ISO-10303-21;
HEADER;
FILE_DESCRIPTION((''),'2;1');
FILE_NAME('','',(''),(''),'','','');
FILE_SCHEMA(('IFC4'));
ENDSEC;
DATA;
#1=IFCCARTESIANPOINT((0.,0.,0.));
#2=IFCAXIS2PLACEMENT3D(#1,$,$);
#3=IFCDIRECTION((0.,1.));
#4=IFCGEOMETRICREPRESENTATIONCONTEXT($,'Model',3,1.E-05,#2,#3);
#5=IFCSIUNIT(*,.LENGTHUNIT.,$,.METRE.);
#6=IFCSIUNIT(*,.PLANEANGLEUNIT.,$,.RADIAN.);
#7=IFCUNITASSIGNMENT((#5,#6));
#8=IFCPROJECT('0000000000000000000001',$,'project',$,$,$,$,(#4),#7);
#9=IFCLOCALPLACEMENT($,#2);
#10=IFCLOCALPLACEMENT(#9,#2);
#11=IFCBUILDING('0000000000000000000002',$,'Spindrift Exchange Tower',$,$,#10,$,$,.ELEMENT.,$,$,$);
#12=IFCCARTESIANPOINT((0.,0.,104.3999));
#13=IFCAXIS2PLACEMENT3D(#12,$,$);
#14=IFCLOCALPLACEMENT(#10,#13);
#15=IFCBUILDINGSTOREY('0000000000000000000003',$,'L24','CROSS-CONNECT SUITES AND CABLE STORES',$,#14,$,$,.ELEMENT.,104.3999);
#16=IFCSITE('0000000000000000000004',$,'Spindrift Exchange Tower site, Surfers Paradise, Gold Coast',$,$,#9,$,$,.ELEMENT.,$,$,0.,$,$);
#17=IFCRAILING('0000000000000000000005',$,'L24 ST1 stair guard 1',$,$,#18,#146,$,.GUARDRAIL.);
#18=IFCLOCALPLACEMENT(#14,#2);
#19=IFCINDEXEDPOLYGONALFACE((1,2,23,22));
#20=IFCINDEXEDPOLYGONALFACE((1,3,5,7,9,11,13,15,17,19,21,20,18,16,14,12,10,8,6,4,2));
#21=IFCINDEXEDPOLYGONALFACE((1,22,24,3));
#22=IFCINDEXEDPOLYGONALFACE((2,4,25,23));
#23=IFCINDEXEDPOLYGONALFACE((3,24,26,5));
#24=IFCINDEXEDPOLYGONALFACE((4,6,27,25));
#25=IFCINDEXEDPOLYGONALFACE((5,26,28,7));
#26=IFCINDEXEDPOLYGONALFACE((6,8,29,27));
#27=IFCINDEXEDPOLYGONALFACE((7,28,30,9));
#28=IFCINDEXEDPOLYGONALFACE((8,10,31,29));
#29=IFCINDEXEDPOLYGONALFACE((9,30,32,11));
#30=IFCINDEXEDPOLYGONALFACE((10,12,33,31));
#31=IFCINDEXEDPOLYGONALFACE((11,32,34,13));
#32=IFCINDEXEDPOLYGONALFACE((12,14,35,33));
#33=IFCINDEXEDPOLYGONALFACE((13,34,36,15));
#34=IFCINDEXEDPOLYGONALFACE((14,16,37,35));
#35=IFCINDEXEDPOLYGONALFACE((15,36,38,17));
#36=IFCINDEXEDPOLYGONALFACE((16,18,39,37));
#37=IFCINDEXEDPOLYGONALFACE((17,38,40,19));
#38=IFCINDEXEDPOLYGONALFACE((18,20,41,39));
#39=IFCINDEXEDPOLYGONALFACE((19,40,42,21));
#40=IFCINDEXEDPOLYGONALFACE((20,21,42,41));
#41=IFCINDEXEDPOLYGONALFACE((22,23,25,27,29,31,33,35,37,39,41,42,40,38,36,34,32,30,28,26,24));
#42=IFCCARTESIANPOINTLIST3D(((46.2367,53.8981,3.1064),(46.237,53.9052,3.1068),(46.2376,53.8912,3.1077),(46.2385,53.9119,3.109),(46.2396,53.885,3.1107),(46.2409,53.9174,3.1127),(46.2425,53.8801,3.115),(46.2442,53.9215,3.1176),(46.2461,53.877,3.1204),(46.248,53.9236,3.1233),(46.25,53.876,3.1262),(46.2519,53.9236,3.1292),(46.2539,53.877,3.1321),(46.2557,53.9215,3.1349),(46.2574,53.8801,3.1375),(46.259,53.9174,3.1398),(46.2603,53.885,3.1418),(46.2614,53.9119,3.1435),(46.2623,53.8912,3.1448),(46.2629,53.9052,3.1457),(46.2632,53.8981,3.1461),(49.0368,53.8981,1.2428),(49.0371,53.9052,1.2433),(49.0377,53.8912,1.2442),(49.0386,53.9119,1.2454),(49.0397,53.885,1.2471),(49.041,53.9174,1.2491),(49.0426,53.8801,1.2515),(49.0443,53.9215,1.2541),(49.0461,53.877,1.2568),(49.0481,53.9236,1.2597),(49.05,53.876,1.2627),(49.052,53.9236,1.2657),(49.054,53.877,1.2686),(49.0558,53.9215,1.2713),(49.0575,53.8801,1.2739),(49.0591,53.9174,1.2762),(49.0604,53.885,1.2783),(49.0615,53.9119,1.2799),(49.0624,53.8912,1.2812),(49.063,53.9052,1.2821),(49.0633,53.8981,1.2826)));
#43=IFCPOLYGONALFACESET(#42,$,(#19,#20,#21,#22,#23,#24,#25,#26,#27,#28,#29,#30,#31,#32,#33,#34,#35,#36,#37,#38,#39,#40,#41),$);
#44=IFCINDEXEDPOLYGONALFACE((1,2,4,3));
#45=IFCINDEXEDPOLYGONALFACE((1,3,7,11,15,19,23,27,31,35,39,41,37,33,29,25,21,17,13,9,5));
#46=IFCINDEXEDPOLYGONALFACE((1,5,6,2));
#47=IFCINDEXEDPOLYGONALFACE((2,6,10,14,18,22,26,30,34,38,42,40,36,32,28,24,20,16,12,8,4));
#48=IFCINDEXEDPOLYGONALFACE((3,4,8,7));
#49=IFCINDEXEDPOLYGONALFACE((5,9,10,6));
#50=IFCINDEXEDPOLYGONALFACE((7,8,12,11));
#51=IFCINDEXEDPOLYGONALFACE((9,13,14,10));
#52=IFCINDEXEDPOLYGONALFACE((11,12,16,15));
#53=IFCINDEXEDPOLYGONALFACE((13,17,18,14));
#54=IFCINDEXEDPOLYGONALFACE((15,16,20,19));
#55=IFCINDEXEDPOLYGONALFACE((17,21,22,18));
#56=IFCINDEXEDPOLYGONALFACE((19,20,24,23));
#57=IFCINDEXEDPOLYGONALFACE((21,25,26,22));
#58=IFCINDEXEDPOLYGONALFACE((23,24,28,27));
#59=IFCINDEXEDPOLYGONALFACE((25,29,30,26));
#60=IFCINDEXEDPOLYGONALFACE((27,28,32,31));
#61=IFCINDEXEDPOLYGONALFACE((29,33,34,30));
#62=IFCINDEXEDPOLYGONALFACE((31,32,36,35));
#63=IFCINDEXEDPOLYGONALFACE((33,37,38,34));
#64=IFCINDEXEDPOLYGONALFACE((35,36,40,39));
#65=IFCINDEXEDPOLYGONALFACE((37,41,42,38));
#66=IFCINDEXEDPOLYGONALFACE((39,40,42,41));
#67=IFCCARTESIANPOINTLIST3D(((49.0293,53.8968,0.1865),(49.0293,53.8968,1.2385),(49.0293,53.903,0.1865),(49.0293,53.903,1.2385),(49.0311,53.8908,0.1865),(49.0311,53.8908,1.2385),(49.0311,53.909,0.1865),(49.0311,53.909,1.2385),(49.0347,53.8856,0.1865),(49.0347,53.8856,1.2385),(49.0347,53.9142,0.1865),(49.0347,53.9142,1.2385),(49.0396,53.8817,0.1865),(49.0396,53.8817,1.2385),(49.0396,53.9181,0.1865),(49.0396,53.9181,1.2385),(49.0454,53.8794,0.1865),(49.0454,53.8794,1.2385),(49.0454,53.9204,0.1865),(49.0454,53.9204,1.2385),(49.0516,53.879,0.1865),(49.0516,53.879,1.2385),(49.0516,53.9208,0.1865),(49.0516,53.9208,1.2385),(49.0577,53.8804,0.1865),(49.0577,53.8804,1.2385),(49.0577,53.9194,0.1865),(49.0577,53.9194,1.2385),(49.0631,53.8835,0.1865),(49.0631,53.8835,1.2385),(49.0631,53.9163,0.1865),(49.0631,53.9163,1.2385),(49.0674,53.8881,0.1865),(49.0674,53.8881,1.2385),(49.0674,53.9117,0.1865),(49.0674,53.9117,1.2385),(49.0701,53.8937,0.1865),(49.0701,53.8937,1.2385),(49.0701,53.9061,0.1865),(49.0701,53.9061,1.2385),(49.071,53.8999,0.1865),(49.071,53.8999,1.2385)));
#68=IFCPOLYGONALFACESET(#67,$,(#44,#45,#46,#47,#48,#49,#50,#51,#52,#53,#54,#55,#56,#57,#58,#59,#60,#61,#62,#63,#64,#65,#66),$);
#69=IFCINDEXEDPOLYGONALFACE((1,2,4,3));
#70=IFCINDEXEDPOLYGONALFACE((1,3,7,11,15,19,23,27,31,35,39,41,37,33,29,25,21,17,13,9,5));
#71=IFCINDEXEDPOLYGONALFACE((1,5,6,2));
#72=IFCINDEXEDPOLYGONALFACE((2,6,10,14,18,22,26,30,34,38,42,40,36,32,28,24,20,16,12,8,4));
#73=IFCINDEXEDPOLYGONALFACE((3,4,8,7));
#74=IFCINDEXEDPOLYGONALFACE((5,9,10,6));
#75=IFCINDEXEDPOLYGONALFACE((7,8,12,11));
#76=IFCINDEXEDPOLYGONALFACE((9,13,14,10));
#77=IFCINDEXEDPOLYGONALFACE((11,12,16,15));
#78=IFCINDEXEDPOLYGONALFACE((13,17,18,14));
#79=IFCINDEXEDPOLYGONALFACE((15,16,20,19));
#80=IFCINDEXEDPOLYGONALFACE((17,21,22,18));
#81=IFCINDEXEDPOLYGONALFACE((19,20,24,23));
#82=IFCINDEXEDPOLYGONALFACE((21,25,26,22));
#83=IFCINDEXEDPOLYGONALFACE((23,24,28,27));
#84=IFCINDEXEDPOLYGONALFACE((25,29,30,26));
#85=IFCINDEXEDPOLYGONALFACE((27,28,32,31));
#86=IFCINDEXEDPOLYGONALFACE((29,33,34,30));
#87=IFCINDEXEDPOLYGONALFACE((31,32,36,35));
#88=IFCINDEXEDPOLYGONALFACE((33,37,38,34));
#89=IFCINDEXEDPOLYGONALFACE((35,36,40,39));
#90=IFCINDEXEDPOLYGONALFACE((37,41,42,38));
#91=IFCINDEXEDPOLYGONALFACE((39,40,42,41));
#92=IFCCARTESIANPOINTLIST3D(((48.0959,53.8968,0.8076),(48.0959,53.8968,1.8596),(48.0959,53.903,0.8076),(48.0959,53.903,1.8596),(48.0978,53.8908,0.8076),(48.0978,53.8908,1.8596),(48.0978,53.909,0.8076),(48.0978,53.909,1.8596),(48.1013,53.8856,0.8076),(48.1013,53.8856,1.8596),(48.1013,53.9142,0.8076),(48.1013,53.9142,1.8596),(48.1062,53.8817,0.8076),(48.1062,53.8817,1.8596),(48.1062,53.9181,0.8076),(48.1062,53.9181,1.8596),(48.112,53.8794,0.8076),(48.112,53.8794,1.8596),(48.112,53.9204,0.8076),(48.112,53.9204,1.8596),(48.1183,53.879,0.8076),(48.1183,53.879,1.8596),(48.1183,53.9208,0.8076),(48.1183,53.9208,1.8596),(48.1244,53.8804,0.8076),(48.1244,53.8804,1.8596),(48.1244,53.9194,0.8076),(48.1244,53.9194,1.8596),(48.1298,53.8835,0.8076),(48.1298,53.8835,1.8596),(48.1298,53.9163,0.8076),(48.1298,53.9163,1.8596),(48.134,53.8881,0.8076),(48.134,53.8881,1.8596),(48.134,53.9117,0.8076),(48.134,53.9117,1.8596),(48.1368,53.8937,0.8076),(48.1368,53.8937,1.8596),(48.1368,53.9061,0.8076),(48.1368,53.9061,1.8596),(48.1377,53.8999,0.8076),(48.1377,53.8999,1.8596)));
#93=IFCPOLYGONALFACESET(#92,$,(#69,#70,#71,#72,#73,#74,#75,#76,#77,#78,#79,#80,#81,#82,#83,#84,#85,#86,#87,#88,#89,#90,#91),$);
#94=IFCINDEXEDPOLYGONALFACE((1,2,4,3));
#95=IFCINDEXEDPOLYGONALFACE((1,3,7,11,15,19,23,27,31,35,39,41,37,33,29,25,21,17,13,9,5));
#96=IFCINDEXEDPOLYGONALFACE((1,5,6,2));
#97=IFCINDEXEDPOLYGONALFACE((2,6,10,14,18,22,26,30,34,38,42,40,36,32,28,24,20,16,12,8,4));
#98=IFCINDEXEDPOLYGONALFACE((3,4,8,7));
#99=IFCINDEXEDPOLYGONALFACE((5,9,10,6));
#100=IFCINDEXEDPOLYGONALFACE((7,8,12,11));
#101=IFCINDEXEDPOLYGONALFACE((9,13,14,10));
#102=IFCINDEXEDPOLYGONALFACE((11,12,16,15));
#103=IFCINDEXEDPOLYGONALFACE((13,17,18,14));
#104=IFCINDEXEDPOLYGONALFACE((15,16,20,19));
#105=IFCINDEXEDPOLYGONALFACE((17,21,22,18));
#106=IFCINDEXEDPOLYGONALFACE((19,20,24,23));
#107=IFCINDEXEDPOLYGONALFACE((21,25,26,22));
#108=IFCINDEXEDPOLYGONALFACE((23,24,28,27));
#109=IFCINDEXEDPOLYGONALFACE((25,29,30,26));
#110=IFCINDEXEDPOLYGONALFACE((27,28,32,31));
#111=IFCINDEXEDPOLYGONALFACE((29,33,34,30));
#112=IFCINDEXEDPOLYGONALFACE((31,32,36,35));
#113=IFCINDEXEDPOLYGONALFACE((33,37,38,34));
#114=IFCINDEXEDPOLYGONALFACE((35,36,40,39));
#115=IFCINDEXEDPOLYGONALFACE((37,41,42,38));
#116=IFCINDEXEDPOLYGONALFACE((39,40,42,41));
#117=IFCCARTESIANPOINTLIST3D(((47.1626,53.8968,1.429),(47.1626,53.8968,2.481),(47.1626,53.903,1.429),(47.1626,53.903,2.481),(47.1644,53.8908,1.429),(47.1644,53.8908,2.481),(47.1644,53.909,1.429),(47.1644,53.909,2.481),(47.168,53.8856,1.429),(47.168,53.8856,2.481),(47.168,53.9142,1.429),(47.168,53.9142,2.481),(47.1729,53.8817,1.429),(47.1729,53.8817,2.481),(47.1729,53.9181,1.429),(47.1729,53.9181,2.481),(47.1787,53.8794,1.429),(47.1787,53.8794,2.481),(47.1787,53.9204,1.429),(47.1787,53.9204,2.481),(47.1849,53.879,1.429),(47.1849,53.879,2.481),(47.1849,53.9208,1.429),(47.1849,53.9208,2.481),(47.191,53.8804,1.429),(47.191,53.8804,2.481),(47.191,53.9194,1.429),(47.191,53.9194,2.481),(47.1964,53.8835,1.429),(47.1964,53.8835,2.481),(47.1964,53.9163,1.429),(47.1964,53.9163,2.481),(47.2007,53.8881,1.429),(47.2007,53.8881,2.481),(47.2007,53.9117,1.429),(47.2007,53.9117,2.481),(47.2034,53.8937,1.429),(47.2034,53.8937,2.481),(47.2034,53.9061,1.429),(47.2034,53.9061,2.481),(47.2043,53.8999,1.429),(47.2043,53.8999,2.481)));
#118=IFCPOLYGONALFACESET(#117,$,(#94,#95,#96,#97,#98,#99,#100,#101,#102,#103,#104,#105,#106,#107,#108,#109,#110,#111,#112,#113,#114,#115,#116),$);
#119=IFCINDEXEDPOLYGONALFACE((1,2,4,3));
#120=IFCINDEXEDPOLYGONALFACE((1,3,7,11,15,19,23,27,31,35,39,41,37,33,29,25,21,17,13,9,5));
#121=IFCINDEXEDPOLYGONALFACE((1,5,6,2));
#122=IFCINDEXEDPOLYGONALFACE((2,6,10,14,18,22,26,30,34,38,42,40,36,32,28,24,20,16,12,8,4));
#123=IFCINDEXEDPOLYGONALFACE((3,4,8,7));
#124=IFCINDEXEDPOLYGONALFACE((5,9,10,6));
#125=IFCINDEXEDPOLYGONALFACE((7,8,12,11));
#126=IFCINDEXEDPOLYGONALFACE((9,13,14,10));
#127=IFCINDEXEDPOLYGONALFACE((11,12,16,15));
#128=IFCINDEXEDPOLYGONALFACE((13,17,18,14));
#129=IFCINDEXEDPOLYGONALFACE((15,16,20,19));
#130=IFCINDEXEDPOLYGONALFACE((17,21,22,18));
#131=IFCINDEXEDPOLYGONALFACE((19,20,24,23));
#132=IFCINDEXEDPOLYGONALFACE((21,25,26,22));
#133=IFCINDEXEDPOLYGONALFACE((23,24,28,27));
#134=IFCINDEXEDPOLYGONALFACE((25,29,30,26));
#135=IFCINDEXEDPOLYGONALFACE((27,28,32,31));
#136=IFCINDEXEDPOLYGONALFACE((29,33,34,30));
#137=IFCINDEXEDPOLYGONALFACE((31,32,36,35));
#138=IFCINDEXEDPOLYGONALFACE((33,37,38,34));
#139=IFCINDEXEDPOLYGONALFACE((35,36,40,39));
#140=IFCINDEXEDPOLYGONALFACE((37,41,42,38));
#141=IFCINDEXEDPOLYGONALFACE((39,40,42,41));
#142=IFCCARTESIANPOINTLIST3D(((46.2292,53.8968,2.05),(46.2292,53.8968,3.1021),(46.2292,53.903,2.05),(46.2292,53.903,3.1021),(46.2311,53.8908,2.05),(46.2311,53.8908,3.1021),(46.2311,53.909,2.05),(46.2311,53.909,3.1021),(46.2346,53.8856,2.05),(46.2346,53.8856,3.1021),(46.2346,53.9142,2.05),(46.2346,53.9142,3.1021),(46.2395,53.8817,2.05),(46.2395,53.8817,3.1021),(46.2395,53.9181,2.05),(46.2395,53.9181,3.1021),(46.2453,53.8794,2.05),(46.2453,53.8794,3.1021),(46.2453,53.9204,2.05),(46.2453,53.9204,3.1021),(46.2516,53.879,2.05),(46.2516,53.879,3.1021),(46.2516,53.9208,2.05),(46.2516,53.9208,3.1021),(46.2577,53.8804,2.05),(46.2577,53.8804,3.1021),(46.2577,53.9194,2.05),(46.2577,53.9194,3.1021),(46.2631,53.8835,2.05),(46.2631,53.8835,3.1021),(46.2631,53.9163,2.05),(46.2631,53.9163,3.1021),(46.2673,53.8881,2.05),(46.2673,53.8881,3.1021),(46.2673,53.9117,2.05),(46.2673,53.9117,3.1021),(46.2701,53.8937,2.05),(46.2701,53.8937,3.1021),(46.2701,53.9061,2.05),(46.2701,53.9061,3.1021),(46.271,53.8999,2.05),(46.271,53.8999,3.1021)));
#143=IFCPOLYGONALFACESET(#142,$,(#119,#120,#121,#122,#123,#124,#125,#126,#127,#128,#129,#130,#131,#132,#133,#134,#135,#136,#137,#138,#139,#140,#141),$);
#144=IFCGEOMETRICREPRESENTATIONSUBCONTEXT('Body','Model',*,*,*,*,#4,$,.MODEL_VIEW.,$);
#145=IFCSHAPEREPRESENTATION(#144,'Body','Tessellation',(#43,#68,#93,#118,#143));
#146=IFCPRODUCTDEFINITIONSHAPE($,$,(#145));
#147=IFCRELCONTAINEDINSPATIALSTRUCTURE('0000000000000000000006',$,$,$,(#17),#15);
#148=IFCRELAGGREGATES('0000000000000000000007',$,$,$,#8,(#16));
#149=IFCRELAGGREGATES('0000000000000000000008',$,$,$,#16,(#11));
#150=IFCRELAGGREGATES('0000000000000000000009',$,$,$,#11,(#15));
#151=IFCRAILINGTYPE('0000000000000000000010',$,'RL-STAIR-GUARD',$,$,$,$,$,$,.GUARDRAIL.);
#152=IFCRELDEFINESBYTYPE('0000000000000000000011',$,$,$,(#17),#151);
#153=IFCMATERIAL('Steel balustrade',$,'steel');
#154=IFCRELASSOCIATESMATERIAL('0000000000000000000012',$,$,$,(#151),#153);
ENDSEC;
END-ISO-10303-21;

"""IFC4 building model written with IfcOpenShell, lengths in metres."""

from ifc_helpers import new_model, si_unit, direction, frame, origin, origin_2d, place, context, subcontext, project, spatial, circle, extrude, material, type_object, element, save


model = new_model("IFC4")

# Units and contexts
model_context = context("Model", 3, precision=1e-05, world=origin(), true_north=direction((0.0, 1.0)))
body_context = subcontext(model_context, "Body", "Model", "MODEL_VIEW")
ifc_project = project(units=[si_unit("LENGTHUNIT", "METRE"), si_unit("PLANEANGLEUNIT", "RADIAN")], contexts=[model_context])

# Site, building, storey
site_placement = place(None, origin())
site = spatial("IfcSite", under=ifc_project, at=site_placement, Name="Spindrift Exchange Tower site, Surfers Paradise, Gold Coast", CompositionType="ELEMENT", RefElevation=0.0)
building_placement = place(site_placement, origin())
building = spatial("IfcBuilding", under=site, at=building_placement, Name="Spindrift Exchange Tower", CompositionType="ELEMENT")
storey_placement = place(building_placement, frame((0.0, 0.0, 104.3999)))
storey = spatial("IfcBuildingStorey", under=building, at=storey_placement, Name="L24", Description="CROSS-CONNECT SUITES AND CABLE STORES", CompositionType="ELEMENT", Elevation=104.3999)

# Railing
ifc_material_1 = material(Name="Steel balustrade", Category="steel")
railing_type_1 = type_object("IfcRailingType", Name="RL-STAIR-GUARD", PredefinedType="GUARDRAIL", material=ifc_material_1)
railing_1_placement = place(storey_placement, frame((49.05, 53.8999, 0.1865)))
element("IfcRailing", 1, at=railing_1_placement, inside=storey, type_object=railing_type_1, Name="L24 ST1 stair guard 1", PredefinedType="GUARDRAIL", context=body_context, shape_type="SweptSolid", body=[
    extrude(circle(Radius=0.0239, at=origin_2d()), frame((0.0, 0.0, 1.0762), z_axis=(-0.832486, 0.0, 0.554047), x_axis=(0.0, -1.0, 0.0)), (0.0, 0.0, 1.0), 3.3635),
    extrude(circle(Radius=0.021, at=origin_2d()), origin(), (0.0, 0.0, 1.0), 1.052),
    extrude(circle(Radius=0.021, at=origin_2d()), frame((-0.9333, 0.0, 0.6211)), (0.0, 0.0, 1.0), 1.052),
    extrude(circle(Radius=0.021, at=origin_2d()), frame((-1.8667, 0.0, 1.2424)), (0.0, 0.0, 1.0), 1.052),
    extrude(circle(Radius=0.021, at=origin_2d()), frame((-2.8, 0.0, 1.8635)), (0.0, 0.0, 1.0), 1.052),
])

save(model, "model.ifc")
